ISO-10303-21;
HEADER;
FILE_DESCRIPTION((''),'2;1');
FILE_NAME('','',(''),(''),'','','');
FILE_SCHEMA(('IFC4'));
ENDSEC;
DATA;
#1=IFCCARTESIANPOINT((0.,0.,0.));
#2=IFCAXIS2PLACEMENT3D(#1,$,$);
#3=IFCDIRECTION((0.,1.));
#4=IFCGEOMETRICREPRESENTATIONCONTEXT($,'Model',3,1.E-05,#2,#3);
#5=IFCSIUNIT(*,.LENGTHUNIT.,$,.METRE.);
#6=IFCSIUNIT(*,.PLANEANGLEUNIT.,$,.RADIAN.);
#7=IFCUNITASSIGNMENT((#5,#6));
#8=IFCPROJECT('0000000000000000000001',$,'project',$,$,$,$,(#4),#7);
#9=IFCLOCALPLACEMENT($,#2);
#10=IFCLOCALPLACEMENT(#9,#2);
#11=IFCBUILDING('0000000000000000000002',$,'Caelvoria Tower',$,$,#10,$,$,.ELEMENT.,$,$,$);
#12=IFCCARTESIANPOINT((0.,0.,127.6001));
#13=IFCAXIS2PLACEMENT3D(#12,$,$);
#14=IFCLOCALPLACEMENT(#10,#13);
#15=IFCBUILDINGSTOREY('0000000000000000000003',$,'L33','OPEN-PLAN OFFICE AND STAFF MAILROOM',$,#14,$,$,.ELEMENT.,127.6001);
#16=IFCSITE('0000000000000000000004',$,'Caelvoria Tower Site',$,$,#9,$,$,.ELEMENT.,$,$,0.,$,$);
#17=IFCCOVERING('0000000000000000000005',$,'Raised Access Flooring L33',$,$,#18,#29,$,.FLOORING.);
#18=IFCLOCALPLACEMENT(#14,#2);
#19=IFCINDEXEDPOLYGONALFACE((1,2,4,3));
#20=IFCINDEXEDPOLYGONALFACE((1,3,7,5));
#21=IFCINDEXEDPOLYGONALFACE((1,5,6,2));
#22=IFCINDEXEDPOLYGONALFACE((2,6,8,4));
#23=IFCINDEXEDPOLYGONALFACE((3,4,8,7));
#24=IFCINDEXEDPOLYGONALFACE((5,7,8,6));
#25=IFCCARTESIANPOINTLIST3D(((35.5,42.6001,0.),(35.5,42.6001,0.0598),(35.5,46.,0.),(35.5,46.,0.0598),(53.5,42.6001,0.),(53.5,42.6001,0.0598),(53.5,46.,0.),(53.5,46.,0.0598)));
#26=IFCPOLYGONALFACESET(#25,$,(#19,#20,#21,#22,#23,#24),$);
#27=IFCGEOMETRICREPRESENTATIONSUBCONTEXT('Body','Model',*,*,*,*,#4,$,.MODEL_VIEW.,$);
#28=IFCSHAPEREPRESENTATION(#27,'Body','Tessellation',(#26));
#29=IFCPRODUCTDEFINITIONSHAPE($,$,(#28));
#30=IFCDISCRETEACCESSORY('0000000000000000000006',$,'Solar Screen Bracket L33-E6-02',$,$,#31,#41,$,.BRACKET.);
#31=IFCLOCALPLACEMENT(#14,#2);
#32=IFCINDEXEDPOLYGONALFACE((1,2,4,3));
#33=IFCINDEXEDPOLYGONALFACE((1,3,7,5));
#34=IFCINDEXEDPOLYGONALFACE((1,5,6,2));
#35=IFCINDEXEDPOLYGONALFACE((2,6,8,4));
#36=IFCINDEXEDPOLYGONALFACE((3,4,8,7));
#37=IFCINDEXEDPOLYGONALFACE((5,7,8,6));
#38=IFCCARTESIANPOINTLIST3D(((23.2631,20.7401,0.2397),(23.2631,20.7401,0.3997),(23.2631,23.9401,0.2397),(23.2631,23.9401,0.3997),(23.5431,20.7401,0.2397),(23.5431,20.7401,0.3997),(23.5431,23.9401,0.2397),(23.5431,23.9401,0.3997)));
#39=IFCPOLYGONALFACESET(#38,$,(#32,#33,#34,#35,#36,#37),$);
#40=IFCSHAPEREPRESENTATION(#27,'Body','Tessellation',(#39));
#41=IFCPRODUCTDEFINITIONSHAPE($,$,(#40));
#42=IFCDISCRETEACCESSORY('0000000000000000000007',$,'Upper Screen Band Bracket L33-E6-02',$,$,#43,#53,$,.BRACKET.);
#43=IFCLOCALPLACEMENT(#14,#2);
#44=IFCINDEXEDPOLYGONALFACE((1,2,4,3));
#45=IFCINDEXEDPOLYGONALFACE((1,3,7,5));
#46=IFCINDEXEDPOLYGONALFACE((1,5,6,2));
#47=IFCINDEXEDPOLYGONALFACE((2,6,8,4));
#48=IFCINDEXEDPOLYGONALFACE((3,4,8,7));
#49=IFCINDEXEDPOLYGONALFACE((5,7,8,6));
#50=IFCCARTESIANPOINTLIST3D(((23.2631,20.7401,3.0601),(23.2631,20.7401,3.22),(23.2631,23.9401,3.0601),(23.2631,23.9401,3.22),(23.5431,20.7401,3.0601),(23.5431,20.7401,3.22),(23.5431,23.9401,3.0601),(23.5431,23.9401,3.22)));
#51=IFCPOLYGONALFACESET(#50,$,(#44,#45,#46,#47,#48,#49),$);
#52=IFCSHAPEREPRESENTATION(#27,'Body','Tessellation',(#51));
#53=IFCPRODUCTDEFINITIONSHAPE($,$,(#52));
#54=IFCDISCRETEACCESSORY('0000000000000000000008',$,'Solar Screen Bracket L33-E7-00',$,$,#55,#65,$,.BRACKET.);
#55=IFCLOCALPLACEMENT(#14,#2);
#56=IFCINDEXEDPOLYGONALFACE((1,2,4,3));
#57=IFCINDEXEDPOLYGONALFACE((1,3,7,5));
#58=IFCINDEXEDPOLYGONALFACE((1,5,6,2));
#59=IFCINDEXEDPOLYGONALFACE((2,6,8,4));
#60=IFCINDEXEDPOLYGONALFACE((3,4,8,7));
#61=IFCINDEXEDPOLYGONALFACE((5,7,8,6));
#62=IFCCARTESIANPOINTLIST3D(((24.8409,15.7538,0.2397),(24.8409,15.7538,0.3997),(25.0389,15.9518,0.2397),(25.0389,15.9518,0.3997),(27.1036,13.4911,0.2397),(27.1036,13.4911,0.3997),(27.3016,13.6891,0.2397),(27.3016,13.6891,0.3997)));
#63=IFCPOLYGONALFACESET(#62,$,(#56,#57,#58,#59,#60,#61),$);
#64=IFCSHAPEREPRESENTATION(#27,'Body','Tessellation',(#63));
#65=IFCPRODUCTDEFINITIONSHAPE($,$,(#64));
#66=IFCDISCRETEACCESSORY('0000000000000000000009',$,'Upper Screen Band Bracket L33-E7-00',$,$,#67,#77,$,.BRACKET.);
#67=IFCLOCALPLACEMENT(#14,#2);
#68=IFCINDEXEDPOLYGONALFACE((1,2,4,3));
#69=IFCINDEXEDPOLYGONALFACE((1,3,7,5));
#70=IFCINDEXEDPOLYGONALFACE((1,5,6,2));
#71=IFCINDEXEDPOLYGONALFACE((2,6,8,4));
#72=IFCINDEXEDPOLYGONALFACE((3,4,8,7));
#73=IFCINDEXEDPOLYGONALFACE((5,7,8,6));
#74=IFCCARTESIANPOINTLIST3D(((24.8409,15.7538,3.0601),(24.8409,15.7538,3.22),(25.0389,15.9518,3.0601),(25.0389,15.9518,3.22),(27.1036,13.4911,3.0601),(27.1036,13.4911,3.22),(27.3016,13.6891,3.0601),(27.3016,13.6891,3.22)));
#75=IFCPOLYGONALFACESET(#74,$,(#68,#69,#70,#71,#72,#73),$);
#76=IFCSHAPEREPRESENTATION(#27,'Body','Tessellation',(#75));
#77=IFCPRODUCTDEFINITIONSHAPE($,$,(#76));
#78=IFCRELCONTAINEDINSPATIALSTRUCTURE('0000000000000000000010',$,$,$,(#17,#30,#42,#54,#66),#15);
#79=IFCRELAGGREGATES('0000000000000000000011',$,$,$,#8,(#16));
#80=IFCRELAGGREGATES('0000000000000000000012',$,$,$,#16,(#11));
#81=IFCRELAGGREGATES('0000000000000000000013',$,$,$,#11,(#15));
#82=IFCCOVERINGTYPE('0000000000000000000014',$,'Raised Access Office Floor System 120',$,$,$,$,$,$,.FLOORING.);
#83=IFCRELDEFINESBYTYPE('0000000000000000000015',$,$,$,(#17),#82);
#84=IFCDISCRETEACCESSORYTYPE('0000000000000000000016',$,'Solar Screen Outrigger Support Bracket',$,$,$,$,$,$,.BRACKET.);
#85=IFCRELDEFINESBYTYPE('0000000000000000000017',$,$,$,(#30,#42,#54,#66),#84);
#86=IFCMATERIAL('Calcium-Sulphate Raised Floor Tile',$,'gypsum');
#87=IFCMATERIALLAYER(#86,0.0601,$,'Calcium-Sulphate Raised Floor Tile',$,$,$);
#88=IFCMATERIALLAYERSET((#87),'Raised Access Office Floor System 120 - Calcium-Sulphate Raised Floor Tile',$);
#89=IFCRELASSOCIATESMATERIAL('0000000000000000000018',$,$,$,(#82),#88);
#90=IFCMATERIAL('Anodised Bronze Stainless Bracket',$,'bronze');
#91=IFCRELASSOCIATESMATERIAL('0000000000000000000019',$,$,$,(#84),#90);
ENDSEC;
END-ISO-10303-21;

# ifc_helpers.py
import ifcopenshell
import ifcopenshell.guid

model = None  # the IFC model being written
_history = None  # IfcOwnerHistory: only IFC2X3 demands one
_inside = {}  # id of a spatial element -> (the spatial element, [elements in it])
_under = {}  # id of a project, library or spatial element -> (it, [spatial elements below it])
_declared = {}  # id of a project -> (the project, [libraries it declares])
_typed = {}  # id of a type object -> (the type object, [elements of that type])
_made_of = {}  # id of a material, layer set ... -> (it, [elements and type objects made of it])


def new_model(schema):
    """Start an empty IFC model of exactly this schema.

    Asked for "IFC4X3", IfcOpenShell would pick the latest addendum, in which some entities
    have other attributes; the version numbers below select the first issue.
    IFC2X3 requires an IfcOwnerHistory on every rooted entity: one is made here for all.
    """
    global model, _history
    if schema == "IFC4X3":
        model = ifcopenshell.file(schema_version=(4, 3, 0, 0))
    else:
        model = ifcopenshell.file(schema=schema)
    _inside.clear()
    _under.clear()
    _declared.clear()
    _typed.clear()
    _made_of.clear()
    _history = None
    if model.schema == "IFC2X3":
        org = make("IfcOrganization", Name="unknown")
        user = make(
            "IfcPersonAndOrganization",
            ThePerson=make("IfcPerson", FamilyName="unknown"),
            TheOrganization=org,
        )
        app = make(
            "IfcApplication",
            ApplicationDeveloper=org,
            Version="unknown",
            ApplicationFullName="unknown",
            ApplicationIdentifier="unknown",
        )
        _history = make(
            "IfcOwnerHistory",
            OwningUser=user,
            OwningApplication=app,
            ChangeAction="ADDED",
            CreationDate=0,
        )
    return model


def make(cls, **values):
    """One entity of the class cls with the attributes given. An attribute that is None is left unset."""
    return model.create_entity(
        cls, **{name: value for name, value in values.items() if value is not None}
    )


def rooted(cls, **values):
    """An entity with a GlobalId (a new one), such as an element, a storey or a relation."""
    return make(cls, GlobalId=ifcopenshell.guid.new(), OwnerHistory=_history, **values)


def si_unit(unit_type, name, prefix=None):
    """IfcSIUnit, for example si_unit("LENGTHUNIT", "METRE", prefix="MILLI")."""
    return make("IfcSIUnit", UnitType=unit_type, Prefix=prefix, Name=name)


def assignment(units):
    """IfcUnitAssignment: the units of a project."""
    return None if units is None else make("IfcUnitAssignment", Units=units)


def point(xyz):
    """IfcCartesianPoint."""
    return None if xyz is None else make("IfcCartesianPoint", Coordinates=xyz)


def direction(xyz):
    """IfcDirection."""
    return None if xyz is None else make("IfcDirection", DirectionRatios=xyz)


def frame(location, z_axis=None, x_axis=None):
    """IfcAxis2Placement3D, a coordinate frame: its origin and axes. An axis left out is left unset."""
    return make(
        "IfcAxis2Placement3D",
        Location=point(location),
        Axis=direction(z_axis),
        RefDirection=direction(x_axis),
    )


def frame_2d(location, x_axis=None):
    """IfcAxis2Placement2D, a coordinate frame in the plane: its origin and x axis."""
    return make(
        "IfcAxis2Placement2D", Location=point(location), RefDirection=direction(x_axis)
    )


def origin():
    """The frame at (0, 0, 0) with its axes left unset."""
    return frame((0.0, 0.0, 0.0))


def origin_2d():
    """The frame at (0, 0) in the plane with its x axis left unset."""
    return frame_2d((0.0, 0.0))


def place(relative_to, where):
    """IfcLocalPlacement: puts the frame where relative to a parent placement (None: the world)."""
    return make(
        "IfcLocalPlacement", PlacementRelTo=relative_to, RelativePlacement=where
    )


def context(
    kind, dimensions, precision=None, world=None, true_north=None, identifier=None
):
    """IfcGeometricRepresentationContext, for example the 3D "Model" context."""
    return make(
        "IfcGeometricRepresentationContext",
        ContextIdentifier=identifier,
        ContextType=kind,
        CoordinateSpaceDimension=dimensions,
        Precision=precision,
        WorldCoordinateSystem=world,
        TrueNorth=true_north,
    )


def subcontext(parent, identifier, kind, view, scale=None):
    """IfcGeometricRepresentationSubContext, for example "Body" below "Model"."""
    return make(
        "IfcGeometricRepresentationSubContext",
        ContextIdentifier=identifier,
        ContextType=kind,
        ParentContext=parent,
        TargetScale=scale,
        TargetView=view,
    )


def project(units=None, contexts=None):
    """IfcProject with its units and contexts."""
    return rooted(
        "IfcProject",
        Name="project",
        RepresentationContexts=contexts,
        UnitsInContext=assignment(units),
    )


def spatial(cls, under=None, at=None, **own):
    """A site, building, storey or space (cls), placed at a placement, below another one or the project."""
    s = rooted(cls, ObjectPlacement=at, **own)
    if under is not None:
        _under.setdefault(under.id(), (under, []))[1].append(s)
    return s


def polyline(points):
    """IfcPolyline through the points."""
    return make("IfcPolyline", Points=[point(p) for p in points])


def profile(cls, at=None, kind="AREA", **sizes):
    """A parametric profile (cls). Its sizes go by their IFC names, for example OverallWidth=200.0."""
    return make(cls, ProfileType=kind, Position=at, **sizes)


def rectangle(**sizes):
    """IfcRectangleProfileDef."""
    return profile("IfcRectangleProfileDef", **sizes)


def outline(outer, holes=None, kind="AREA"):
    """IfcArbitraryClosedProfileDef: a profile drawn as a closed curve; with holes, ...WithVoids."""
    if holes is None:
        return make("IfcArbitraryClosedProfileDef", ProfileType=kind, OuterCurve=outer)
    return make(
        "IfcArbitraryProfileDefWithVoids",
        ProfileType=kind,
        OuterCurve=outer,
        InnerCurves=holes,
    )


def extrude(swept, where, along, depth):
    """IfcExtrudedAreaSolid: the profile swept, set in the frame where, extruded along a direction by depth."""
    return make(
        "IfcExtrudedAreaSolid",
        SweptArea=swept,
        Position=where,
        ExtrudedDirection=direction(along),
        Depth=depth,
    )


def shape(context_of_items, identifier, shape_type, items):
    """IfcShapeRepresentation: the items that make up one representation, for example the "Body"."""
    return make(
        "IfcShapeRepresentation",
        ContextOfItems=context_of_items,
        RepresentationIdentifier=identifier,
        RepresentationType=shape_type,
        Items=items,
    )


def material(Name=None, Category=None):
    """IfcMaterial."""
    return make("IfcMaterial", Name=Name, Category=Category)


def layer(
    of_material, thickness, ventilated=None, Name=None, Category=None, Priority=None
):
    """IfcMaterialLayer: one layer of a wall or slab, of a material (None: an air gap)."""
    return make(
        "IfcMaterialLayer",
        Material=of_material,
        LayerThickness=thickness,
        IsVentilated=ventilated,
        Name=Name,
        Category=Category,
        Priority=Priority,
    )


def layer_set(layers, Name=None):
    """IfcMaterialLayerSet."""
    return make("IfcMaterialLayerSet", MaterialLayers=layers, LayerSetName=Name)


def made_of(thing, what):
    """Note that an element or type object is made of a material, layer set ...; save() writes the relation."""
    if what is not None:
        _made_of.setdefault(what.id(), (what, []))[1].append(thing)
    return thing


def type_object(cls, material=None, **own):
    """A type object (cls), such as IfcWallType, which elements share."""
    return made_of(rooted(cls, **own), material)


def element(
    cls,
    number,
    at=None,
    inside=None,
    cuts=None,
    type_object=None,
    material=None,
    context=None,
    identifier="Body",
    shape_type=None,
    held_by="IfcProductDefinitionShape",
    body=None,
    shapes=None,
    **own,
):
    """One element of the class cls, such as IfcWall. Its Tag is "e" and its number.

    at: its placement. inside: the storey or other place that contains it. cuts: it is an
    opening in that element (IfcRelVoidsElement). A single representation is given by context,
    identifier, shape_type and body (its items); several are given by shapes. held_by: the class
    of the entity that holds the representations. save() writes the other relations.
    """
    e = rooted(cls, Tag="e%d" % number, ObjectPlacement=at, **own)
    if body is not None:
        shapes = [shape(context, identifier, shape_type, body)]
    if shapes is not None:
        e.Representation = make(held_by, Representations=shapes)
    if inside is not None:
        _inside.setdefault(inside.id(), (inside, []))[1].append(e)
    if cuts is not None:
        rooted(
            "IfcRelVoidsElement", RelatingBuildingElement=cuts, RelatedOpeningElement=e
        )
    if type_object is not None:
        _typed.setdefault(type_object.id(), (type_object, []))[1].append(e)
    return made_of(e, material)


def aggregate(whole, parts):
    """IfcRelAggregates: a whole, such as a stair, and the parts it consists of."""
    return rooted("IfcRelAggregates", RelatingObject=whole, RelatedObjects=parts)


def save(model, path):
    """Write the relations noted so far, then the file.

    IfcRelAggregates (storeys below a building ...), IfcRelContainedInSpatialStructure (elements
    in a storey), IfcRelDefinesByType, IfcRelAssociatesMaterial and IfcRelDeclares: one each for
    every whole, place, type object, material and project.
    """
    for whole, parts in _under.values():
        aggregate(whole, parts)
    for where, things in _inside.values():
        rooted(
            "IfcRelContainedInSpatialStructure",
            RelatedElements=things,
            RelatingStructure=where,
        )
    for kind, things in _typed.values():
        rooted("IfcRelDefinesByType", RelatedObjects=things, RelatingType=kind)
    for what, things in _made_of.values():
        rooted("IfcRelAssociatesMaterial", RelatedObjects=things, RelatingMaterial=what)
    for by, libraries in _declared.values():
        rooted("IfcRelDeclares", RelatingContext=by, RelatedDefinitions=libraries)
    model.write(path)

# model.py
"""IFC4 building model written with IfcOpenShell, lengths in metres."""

from ifc_helpers import new_model, si_unit, direction, frame, origin, origin_2d, place, context, subcontext, project, spatial, polyline, rectangle, outline, extrude, material, layer, layer_set, type_object, element, save


model = new_model("IFC4")

# Units and contexts
model_context = context("Model", 3, precision=1e-05, world=origin(), true_north=direction((0.0, 1.0)))
body_context = subcontext(model_context, "Body", "Model", "MODEL_VIEW")
ifc_project = project(units=[si_unit("LENGTHUNIT", "METRE"), si_unit("PLANEANGLEUNIT", "RADIAN")], contexts=[model_context])

# Site, building, storey
site_placement = place(None, origin())
site = spatial("IfcSite", under=ifc_project, at=site_placement, Name="Caelvoria Tower Site", CompositionType="ELEMENT", RefElevation=0.0)
building_placement = place(site_placement, origin())
building = spatial("IfcBuilding", under=site, at=building_placement, Name="Caelvoria Tower", CompositionType="ELEMENT")
storey_placement = place(building_placement, frame((0.0, 0.0, 127.6001)))
storey = spatial("IfcBuildingStorey", under=building, at=storey_placement, Name="L33", Description="OPEN-PLAN OFFICE AND STAFF MAILROOM", CompositionType="ELEMENT", Elevation=127.6001)

# Covering
ifc_material_1 = material(Name="Calcium-Sulphate Raised Floor Tile", Category="gypsum")
ifc_layer_1 = layer(ifc_material_1, 0.0601, Name="Calcium-Sulphate Raised Floor Tile")
ifc_layer_set_1 = layer_set([ifc_layer_1], Name="Raised Access Office Floor System 120 - Calcium-Sulphate Raised Floor Tile")
covering_type_1 = type_object("IfcCoveringType", Name="Raised Access Office Floor System 120", PredefinedType="FLOORING", material=ifc_layer_set_1)
covering_1_placement = place(storey_placement, origin())
element("IfcCovering", 1, at=covering_1_placement, inside=storey, type_object=covering_type_1, Name="Raised Access Flooring L33", PredefinedType="FLOORING", context=body_context, shape_type="SweptSolid", body=[
    extrude(outline(polyline([(35.5, 42.6001), (53.5, 42.6001), (53.5, 46.0), (35.5, 46.0), (35.5, 42.6001)])), origin(), (0.0, 0.0, 1.0), 0.0598),
])

# Discrete accessories
ifc_material_2 = material(Name="Anodised Bronze Stainless Bracket", Category="bronze")
discrete_accessory_type = type_object("IfcDiscreteAccessoryType", Name="Solar Screen Outrigger Support Bracket", PredefinedType="BRACKET", material=ifc_material_2)
for number, where, z_axis, x_axis, name in (
    (2, (23.4031, 22.3401, 0.2397), (0.0, 0.0, 1.0), (0.0, -1.0, 0.0), "Solar Screen Bracket L33-E6-02"),
    (3, (23.4031, 22.3401, 3.0601), (0.0, 0.0, 1.0), (0.0, -1.0, 0.0), "Upper Screen Band Bracket L33-E6-02"),
    (4, (26.0713, 14.7214, 0.2397), (0.0, 0.0, 1.0), (0.707107, -0.707107, 0.0), "Solar Screen Bracket L33-E7-00"),
    (5, (26.0713, 14.7214, 3.0601), (0.0, 0.0, 1.0), (0.707107, -0.707107, 0.0), "Upper Screen Band Bracket L33-E7-00"),
):
    element("IfcDiscreteAccessory", number, at=place(storey_placement, frame(where, z_axis=z_axis, x_axis=x_axis)), inside=storey, type_object=discrete_accessory_type, Name=name, PredefinedType="BRACKET", context=body_context, shape_type="SweptSolid", body=[
        extrude(rectangle(XDim=3.2, YDim=0.28, at=origin_2d()), origin(), (0.0, 0.0, 1.0), 0.1599),
    ])

save(model, "model.ifc")
